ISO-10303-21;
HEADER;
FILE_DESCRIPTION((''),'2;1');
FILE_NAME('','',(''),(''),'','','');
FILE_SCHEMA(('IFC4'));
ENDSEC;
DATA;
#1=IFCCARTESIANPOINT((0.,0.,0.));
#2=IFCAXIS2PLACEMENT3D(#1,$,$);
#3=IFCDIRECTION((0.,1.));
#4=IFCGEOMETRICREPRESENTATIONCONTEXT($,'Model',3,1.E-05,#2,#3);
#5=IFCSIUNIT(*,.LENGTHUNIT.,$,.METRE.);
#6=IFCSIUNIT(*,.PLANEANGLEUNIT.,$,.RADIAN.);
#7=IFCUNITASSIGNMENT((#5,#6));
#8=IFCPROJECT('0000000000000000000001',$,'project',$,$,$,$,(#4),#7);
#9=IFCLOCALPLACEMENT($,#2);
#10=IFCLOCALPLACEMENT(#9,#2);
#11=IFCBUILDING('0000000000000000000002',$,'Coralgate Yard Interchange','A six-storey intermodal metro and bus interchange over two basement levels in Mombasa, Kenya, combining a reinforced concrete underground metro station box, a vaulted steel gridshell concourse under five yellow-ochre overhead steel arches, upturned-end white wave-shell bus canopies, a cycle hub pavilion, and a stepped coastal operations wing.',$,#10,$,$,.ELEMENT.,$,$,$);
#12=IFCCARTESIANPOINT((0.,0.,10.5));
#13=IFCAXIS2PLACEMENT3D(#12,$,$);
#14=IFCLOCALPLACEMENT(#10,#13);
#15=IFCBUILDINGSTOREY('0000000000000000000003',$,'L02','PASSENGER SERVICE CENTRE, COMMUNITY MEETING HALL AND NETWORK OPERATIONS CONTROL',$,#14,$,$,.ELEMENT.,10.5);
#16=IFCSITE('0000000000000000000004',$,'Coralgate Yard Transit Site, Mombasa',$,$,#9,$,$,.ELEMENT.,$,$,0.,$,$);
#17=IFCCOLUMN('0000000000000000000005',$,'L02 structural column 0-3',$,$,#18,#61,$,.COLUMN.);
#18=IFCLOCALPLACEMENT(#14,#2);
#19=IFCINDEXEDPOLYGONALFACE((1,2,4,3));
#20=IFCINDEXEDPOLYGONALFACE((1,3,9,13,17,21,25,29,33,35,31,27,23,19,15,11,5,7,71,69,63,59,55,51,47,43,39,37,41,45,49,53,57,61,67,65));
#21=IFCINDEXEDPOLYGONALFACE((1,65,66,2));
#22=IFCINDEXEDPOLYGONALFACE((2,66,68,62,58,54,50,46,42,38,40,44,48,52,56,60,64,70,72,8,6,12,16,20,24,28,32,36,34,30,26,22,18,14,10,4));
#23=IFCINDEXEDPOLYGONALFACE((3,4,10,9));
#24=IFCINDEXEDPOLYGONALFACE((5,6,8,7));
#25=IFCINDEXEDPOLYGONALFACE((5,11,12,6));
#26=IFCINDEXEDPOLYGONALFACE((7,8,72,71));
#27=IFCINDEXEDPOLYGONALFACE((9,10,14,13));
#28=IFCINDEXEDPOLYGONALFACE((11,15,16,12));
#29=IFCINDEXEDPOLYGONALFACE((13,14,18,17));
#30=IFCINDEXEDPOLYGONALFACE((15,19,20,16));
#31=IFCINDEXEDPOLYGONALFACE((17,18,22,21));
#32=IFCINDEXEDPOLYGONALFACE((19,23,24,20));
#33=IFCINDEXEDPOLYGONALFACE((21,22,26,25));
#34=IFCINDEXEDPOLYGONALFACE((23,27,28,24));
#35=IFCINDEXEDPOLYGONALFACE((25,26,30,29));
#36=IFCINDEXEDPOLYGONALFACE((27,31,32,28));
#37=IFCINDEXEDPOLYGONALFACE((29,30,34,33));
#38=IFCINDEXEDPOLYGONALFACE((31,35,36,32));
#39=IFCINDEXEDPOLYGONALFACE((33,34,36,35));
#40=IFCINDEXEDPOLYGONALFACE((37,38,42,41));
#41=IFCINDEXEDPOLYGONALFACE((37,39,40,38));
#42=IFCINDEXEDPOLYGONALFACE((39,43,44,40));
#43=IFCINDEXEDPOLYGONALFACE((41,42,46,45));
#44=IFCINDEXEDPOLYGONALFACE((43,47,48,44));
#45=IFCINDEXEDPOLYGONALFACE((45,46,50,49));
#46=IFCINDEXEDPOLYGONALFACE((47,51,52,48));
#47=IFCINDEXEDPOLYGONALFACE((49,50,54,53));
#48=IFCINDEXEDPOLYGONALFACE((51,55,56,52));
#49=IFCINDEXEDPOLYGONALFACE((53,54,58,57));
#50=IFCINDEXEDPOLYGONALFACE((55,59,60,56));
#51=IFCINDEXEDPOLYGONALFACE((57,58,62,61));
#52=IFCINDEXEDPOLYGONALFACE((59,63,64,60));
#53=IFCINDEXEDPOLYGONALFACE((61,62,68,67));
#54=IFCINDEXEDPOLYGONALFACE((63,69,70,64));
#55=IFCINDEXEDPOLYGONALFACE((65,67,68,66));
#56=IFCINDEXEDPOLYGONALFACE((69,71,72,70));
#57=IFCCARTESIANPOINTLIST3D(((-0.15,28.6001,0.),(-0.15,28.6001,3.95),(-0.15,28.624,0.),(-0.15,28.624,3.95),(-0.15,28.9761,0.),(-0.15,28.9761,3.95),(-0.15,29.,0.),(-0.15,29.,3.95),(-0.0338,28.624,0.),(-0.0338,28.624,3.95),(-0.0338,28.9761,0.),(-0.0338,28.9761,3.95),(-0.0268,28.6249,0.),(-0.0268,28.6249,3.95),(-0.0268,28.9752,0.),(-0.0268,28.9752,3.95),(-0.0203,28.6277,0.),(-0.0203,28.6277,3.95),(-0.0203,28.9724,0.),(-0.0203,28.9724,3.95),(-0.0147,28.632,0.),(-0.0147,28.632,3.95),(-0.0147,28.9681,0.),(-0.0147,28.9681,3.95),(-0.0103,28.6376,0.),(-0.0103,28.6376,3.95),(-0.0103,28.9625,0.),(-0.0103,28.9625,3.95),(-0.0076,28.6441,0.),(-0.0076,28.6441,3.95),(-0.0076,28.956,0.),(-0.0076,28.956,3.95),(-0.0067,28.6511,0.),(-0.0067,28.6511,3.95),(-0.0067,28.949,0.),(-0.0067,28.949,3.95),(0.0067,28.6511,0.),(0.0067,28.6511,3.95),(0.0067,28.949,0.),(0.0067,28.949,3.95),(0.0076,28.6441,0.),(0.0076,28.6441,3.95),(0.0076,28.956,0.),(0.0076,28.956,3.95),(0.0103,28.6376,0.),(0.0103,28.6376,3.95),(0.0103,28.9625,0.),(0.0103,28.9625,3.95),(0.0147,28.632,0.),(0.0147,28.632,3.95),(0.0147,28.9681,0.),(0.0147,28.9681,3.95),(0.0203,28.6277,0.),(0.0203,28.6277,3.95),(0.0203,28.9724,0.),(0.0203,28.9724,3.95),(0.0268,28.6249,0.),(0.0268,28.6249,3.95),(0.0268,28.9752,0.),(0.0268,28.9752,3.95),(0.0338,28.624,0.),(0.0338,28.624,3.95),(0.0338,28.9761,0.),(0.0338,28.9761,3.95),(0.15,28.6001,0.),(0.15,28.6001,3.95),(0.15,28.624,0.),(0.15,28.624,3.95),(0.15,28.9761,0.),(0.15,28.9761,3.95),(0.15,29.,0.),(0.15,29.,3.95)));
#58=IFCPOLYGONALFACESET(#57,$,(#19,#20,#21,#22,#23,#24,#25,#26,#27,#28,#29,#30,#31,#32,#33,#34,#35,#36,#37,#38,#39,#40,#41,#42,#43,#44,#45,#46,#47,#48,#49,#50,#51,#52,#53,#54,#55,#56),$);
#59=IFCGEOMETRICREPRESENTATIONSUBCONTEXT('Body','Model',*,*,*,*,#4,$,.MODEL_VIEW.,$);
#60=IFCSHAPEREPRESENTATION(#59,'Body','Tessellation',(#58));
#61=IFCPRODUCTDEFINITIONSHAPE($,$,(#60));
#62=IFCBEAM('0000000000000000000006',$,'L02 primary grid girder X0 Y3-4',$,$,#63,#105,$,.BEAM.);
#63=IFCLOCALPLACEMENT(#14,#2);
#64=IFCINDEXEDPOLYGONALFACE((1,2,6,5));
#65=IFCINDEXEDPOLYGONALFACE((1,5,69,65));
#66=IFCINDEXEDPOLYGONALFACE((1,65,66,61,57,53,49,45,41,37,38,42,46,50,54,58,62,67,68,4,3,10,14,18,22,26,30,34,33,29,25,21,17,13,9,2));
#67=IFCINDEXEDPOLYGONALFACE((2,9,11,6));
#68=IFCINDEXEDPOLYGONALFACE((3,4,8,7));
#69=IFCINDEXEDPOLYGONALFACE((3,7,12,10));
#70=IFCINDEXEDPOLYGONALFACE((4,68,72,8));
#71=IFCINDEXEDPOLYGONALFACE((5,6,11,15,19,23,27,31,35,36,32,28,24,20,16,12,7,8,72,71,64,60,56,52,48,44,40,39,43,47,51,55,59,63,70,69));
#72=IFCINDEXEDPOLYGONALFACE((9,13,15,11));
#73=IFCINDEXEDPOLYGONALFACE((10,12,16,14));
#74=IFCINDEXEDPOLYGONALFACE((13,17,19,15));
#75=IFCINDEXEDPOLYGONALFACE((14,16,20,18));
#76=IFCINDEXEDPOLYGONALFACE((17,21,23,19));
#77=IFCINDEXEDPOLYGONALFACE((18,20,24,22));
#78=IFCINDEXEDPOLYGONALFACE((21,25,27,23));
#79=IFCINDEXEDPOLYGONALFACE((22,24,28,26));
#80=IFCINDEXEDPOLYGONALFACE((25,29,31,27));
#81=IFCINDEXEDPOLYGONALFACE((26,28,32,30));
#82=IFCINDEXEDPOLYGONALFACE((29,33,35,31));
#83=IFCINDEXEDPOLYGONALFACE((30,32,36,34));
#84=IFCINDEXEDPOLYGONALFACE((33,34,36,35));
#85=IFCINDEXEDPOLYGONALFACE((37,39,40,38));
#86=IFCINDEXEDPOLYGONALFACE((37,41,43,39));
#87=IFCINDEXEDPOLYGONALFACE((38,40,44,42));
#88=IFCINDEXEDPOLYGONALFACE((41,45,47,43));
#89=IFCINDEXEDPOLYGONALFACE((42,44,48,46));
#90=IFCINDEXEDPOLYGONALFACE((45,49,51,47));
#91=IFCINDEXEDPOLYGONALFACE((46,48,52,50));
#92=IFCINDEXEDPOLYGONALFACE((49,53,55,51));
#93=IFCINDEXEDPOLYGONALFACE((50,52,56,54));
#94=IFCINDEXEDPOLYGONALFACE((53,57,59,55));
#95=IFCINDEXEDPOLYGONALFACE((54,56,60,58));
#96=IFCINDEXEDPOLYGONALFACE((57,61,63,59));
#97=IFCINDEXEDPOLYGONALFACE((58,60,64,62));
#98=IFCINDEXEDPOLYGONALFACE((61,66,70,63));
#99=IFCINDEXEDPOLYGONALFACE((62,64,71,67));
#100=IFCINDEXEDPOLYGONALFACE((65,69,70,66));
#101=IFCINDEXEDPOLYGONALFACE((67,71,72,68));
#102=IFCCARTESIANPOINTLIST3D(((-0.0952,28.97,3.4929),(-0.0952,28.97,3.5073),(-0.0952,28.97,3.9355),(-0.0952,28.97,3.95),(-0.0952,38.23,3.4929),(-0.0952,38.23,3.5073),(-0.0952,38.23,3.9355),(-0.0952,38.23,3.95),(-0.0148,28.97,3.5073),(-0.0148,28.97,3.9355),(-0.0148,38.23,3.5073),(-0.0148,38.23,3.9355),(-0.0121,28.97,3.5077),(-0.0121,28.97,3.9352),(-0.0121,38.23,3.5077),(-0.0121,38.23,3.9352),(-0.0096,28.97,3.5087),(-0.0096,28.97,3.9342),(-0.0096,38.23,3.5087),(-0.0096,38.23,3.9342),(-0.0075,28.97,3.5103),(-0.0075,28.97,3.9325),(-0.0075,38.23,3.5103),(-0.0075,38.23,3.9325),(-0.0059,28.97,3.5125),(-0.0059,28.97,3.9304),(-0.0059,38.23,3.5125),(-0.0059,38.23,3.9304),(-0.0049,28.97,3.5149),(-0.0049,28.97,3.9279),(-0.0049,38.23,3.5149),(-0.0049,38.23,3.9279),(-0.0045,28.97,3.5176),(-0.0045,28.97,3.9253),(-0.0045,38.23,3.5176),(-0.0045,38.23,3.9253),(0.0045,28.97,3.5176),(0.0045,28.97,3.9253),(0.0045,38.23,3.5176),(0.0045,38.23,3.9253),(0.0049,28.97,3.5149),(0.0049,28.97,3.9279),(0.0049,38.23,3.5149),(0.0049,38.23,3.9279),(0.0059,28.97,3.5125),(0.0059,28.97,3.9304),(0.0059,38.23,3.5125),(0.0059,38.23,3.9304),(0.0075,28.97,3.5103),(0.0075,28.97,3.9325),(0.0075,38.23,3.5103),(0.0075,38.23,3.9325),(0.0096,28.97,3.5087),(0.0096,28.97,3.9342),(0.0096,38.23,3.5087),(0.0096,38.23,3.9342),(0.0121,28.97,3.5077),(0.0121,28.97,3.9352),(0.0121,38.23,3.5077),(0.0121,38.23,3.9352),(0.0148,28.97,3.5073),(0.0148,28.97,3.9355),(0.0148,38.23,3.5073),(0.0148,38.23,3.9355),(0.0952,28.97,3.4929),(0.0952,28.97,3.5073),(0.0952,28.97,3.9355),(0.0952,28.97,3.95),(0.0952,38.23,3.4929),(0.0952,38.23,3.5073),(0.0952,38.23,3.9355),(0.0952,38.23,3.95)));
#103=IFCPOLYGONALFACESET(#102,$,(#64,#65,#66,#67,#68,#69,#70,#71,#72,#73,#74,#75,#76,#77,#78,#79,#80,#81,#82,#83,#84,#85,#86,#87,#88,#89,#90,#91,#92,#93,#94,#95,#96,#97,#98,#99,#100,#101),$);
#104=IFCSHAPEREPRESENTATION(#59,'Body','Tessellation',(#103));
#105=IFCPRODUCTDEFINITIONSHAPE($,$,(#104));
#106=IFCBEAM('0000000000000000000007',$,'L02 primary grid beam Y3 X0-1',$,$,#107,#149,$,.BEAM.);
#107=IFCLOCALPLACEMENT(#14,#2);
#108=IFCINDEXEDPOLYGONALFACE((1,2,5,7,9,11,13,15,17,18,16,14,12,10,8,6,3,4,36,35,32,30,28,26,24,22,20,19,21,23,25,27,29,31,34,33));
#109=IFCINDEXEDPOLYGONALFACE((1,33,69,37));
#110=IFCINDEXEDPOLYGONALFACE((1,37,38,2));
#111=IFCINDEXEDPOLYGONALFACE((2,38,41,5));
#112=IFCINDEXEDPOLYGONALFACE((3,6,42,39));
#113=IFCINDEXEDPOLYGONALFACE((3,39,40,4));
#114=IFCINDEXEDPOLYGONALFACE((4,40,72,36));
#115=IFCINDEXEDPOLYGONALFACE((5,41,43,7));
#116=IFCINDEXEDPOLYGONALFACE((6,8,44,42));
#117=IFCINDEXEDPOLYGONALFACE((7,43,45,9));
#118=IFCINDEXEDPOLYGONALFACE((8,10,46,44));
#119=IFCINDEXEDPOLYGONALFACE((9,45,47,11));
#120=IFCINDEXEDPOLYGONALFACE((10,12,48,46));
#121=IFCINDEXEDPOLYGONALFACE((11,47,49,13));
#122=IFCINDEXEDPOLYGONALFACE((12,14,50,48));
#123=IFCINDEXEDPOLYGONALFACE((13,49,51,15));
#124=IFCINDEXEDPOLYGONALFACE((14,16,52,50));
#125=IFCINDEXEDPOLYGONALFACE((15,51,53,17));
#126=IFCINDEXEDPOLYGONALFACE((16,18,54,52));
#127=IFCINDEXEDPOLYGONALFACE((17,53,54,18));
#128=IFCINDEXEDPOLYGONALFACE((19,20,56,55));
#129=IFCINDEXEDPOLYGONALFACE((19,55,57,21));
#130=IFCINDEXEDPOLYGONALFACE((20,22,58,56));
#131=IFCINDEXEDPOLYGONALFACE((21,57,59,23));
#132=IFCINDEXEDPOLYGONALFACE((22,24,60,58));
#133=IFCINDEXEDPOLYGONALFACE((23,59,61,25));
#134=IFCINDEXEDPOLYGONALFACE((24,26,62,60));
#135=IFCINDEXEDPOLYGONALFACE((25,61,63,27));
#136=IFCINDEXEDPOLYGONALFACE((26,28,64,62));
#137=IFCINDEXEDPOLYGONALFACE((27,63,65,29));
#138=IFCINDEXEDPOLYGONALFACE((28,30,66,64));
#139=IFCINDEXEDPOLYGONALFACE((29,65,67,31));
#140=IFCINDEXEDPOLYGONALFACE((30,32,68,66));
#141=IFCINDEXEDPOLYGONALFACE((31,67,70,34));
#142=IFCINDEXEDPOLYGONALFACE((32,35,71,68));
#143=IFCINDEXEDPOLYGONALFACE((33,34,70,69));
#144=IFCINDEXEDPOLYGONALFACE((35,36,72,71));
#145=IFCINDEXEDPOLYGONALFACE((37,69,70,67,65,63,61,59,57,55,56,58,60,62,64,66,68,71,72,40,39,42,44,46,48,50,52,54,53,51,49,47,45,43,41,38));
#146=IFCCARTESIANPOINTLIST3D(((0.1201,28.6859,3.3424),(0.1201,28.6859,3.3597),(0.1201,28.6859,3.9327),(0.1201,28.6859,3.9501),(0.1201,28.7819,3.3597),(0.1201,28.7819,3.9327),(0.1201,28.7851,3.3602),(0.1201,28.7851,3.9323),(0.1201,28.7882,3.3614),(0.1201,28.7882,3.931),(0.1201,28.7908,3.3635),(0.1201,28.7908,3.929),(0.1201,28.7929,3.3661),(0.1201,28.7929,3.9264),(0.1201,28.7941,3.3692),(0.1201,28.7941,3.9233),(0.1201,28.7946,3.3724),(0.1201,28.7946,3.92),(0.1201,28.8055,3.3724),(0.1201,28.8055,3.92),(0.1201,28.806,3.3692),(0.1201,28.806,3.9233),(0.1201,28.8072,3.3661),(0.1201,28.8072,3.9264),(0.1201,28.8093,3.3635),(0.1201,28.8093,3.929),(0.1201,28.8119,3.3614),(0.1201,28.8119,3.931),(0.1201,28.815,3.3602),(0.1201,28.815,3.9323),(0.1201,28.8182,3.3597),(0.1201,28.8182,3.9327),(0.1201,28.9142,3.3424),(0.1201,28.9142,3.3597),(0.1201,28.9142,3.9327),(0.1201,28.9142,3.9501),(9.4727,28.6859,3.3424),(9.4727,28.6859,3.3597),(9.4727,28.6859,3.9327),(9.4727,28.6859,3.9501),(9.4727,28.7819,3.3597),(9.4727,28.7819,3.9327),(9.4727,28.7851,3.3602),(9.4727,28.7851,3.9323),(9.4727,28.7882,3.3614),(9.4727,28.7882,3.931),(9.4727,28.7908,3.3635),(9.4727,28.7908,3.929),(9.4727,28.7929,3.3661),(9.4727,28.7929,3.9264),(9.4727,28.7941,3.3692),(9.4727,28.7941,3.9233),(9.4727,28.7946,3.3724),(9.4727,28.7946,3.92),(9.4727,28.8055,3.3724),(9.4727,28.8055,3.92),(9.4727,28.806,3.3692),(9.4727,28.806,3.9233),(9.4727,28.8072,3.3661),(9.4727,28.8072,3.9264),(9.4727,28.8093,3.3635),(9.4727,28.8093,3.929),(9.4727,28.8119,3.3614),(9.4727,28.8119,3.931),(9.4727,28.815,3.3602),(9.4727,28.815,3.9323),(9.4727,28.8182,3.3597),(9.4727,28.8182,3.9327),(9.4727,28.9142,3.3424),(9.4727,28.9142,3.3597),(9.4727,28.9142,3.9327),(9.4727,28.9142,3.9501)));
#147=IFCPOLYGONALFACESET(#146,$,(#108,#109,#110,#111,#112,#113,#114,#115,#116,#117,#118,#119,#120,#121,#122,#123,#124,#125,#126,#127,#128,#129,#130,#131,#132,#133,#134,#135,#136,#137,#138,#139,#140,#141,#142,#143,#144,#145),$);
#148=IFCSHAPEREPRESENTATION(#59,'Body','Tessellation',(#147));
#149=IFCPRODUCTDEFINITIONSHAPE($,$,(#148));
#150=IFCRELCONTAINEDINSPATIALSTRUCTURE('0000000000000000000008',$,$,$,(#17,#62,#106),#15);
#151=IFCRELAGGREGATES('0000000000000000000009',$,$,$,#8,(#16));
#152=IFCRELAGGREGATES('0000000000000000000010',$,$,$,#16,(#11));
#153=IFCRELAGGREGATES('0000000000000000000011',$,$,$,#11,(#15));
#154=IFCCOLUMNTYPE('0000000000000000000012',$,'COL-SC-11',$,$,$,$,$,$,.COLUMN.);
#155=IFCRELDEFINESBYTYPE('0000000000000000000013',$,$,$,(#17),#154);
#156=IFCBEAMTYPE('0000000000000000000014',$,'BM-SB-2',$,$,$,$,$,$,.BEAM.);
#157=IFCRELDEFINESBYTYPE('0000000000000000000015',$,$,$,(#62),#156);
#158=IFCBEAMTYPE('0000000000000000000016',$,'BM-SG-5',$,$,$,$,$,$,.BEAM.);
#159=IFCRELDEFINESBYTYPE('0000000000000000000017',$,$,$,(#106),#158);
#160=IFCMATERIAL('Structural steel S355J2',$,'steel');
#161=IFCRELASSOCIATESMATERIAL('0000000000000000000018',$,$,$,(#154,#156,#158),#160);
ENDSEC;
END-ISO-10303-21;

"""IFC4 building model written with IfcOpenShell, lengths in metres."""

from ifc_helpers import new_model, si_unit, direction, frame, origin, origin_2d, place, context, subcontext, project, spatial, i_section, extrude, material, material_profile, profile_set, type_object, element, save


model = new_model("IFC4")

# Units and contexts
model_context = context("Model", 3, precision=1e-05, world=origin(), true_north=direction((0.0, 1.0)))
body_context = subcontext(model_context, "Body", "Model", "MODEL_VIEW")
ifc_project = project(units=[si_unit("LENGTHUNIT", "METRE"), si_unit("PLANEANGLEUNIT", "RADIAN")], contexts=[model_context])

# Site, building, storey
site_placement = place(None, origin())
site = spatial("IfcSite", under=ifc_project, at=site_placement, Name="Coralgate Yard Transit Site, Mombasa", CompositionType="ELEMENT", RefElevation=0.0)
building_placement = place(site_placement, origin())
building = spatial("IfcBuilding", under=site, at=building_placement, Name="Coralgate Yard Interchange", Description="A six-storey intermodal metro and bus interchange over two basement levels in Mombasa, Kenya, combining a reinforced concrete underground metro station box, a vaulted steel gridshell concourse under five yellow-ochre overhead steel arches, upturned-end white wave-shell bus canopies, a cycle hub pavilion, and a stepped coastal operations wing.", CompositionType="ELEMENT")
storey_placement = place(building_placement, frame((0.0, 0.0, 10.5)))
storey = spatial("IfcBuildingStorey", under=building, at=storey_placement, Name="L02", Description="PASSENGER SERVICE CENTRE, COMMUNITY MEETING HALL AND NETWORK OPERATIONS CONTROL", CompositionType="ELEMENT", Elevation=10.5)

# Column
ifc_material_1 = material(Name="Structural steel S355J2", Category="steel")
ifc_material_profile_1 = material_profile(ifc_material_1, i_section(OverallWidth=0.3, OverallDepth=0.3999, WebThickness=0.0134, FlangeThickness=0.0239, FilletRadius=0.0271, at=origin_2d()), Name="HEB 400")
ifc_profile_set_1 = profile_set([ifc_material_profile_1], Name="Structural steel S355J2")
column_type = type_object("IfcColumnType", Name="COL-SC-11", PredefinedType="COLUMN", material=ifc_profile_set_1)
column_placement = place(storey_placement, frame((0.0, 28.8, 0.0), z_axis=(0.0, 0.0, 1.0), x_axis=(1.0, 0.0, 0.0)))
element("IfcColumn", 1, at=column_placement, inside=storey, type_object=column_type, Name="L02 structural column 0-3", PredefinedType="COLUMN", context=body_context, shape_type="SweptSolid", body=[
    extrude(i_section(OverallWidth=0.3, OverallDepth=0.3999, WebThickness=0.0134, FlangeThickness=0.0239, FilletRadius=0.0271, at=origin_2d()), origin(), (0.0, 0.0, 1.0), 3.95),
])

# Beams
ifc_material_profile_2 = material_profile(ifc_material_1, i_section(OverallWidth=0.1904, OverallDepth=0.457, WebThickness=0.009, FlangeThickness=0.0144, FilletRadius=0.0103, at=origin_2d()), Name="UB 457x191x74")
ifc_profile_set_2 = profile_set([ifc_material_profile_2], Name="Structural steel S355J2")
beam_type_1 = type_object("IfcBeamType", Name="BM-SB-2", PredefinedType="BEAM", material=ifc_profile_set_2)
beam_1_placement = place(storey_placement, frame((0.0, 28.97, 3.7214), z_axis=(0.0, 1.0, 0.0), x_axis=(-1.0, 0.0, 0.0)))
element("IfcBeam", 2, at=beam_1_placement, inside=storey, type_object=beam_type_1, Name="L02 primary grid girder X0 Y3-4", PredefinedType="BEAM", context=body_context, shape_type="SweptSolid", body=[
    extrude(i_section(OverallWidth=0.1904, OverallDepth=0.457, WebThickness=0.009, FlangeThickness=0.0144, FilletRadius=0.0103, at=origin_2d()), origin(), (0.0, 0.0, 1.0), 9.26),
])
ifc_material_profile_3 = material_profile(ifc_material_1, i_section(OverallWidth=0.2283, OverallDepth=0.6077, WebThickness=0.011, FlangeThickness=0.0173, FilletRadius=0.0127, at=origin_2d()), Name="UB 610x229x113")
ifc_profile_set_3 = profile_set([ifc_material_profile_3], Name="Structural steel S355J2")
beam_type_2 = type_object("IfcBeamType", Name="BM-SG-5", PredefinedType="BEAM", material=ifc_profile_set_3)
beam_2_placement = place(storey_placement, frame((0.1201, 28.8, 3.6462), z_axis=(1.0, 0.0, 0.0), x_axis=(0.0, 1.0, 0.0)))
element("IfcBeam", 3, at=beam_2_placement, inside=storey, type_object=beam_type_2, Name="L02 primary grid beam Y3 X0-1", PredefinedType="BEAM", context=body_context, shape_type="SweptSolid", body=[
    extrude(i_section(OverallWidth=0.2283, OverallDepth=0.6077, WebThickness=0.011, FlangeThickness=0.0173, FilletRadius=0.0127, at=origin_2d()), origin(), (0.0, 0.0, 1.0), 9.3525),
])

save(model, "model.ifc")
